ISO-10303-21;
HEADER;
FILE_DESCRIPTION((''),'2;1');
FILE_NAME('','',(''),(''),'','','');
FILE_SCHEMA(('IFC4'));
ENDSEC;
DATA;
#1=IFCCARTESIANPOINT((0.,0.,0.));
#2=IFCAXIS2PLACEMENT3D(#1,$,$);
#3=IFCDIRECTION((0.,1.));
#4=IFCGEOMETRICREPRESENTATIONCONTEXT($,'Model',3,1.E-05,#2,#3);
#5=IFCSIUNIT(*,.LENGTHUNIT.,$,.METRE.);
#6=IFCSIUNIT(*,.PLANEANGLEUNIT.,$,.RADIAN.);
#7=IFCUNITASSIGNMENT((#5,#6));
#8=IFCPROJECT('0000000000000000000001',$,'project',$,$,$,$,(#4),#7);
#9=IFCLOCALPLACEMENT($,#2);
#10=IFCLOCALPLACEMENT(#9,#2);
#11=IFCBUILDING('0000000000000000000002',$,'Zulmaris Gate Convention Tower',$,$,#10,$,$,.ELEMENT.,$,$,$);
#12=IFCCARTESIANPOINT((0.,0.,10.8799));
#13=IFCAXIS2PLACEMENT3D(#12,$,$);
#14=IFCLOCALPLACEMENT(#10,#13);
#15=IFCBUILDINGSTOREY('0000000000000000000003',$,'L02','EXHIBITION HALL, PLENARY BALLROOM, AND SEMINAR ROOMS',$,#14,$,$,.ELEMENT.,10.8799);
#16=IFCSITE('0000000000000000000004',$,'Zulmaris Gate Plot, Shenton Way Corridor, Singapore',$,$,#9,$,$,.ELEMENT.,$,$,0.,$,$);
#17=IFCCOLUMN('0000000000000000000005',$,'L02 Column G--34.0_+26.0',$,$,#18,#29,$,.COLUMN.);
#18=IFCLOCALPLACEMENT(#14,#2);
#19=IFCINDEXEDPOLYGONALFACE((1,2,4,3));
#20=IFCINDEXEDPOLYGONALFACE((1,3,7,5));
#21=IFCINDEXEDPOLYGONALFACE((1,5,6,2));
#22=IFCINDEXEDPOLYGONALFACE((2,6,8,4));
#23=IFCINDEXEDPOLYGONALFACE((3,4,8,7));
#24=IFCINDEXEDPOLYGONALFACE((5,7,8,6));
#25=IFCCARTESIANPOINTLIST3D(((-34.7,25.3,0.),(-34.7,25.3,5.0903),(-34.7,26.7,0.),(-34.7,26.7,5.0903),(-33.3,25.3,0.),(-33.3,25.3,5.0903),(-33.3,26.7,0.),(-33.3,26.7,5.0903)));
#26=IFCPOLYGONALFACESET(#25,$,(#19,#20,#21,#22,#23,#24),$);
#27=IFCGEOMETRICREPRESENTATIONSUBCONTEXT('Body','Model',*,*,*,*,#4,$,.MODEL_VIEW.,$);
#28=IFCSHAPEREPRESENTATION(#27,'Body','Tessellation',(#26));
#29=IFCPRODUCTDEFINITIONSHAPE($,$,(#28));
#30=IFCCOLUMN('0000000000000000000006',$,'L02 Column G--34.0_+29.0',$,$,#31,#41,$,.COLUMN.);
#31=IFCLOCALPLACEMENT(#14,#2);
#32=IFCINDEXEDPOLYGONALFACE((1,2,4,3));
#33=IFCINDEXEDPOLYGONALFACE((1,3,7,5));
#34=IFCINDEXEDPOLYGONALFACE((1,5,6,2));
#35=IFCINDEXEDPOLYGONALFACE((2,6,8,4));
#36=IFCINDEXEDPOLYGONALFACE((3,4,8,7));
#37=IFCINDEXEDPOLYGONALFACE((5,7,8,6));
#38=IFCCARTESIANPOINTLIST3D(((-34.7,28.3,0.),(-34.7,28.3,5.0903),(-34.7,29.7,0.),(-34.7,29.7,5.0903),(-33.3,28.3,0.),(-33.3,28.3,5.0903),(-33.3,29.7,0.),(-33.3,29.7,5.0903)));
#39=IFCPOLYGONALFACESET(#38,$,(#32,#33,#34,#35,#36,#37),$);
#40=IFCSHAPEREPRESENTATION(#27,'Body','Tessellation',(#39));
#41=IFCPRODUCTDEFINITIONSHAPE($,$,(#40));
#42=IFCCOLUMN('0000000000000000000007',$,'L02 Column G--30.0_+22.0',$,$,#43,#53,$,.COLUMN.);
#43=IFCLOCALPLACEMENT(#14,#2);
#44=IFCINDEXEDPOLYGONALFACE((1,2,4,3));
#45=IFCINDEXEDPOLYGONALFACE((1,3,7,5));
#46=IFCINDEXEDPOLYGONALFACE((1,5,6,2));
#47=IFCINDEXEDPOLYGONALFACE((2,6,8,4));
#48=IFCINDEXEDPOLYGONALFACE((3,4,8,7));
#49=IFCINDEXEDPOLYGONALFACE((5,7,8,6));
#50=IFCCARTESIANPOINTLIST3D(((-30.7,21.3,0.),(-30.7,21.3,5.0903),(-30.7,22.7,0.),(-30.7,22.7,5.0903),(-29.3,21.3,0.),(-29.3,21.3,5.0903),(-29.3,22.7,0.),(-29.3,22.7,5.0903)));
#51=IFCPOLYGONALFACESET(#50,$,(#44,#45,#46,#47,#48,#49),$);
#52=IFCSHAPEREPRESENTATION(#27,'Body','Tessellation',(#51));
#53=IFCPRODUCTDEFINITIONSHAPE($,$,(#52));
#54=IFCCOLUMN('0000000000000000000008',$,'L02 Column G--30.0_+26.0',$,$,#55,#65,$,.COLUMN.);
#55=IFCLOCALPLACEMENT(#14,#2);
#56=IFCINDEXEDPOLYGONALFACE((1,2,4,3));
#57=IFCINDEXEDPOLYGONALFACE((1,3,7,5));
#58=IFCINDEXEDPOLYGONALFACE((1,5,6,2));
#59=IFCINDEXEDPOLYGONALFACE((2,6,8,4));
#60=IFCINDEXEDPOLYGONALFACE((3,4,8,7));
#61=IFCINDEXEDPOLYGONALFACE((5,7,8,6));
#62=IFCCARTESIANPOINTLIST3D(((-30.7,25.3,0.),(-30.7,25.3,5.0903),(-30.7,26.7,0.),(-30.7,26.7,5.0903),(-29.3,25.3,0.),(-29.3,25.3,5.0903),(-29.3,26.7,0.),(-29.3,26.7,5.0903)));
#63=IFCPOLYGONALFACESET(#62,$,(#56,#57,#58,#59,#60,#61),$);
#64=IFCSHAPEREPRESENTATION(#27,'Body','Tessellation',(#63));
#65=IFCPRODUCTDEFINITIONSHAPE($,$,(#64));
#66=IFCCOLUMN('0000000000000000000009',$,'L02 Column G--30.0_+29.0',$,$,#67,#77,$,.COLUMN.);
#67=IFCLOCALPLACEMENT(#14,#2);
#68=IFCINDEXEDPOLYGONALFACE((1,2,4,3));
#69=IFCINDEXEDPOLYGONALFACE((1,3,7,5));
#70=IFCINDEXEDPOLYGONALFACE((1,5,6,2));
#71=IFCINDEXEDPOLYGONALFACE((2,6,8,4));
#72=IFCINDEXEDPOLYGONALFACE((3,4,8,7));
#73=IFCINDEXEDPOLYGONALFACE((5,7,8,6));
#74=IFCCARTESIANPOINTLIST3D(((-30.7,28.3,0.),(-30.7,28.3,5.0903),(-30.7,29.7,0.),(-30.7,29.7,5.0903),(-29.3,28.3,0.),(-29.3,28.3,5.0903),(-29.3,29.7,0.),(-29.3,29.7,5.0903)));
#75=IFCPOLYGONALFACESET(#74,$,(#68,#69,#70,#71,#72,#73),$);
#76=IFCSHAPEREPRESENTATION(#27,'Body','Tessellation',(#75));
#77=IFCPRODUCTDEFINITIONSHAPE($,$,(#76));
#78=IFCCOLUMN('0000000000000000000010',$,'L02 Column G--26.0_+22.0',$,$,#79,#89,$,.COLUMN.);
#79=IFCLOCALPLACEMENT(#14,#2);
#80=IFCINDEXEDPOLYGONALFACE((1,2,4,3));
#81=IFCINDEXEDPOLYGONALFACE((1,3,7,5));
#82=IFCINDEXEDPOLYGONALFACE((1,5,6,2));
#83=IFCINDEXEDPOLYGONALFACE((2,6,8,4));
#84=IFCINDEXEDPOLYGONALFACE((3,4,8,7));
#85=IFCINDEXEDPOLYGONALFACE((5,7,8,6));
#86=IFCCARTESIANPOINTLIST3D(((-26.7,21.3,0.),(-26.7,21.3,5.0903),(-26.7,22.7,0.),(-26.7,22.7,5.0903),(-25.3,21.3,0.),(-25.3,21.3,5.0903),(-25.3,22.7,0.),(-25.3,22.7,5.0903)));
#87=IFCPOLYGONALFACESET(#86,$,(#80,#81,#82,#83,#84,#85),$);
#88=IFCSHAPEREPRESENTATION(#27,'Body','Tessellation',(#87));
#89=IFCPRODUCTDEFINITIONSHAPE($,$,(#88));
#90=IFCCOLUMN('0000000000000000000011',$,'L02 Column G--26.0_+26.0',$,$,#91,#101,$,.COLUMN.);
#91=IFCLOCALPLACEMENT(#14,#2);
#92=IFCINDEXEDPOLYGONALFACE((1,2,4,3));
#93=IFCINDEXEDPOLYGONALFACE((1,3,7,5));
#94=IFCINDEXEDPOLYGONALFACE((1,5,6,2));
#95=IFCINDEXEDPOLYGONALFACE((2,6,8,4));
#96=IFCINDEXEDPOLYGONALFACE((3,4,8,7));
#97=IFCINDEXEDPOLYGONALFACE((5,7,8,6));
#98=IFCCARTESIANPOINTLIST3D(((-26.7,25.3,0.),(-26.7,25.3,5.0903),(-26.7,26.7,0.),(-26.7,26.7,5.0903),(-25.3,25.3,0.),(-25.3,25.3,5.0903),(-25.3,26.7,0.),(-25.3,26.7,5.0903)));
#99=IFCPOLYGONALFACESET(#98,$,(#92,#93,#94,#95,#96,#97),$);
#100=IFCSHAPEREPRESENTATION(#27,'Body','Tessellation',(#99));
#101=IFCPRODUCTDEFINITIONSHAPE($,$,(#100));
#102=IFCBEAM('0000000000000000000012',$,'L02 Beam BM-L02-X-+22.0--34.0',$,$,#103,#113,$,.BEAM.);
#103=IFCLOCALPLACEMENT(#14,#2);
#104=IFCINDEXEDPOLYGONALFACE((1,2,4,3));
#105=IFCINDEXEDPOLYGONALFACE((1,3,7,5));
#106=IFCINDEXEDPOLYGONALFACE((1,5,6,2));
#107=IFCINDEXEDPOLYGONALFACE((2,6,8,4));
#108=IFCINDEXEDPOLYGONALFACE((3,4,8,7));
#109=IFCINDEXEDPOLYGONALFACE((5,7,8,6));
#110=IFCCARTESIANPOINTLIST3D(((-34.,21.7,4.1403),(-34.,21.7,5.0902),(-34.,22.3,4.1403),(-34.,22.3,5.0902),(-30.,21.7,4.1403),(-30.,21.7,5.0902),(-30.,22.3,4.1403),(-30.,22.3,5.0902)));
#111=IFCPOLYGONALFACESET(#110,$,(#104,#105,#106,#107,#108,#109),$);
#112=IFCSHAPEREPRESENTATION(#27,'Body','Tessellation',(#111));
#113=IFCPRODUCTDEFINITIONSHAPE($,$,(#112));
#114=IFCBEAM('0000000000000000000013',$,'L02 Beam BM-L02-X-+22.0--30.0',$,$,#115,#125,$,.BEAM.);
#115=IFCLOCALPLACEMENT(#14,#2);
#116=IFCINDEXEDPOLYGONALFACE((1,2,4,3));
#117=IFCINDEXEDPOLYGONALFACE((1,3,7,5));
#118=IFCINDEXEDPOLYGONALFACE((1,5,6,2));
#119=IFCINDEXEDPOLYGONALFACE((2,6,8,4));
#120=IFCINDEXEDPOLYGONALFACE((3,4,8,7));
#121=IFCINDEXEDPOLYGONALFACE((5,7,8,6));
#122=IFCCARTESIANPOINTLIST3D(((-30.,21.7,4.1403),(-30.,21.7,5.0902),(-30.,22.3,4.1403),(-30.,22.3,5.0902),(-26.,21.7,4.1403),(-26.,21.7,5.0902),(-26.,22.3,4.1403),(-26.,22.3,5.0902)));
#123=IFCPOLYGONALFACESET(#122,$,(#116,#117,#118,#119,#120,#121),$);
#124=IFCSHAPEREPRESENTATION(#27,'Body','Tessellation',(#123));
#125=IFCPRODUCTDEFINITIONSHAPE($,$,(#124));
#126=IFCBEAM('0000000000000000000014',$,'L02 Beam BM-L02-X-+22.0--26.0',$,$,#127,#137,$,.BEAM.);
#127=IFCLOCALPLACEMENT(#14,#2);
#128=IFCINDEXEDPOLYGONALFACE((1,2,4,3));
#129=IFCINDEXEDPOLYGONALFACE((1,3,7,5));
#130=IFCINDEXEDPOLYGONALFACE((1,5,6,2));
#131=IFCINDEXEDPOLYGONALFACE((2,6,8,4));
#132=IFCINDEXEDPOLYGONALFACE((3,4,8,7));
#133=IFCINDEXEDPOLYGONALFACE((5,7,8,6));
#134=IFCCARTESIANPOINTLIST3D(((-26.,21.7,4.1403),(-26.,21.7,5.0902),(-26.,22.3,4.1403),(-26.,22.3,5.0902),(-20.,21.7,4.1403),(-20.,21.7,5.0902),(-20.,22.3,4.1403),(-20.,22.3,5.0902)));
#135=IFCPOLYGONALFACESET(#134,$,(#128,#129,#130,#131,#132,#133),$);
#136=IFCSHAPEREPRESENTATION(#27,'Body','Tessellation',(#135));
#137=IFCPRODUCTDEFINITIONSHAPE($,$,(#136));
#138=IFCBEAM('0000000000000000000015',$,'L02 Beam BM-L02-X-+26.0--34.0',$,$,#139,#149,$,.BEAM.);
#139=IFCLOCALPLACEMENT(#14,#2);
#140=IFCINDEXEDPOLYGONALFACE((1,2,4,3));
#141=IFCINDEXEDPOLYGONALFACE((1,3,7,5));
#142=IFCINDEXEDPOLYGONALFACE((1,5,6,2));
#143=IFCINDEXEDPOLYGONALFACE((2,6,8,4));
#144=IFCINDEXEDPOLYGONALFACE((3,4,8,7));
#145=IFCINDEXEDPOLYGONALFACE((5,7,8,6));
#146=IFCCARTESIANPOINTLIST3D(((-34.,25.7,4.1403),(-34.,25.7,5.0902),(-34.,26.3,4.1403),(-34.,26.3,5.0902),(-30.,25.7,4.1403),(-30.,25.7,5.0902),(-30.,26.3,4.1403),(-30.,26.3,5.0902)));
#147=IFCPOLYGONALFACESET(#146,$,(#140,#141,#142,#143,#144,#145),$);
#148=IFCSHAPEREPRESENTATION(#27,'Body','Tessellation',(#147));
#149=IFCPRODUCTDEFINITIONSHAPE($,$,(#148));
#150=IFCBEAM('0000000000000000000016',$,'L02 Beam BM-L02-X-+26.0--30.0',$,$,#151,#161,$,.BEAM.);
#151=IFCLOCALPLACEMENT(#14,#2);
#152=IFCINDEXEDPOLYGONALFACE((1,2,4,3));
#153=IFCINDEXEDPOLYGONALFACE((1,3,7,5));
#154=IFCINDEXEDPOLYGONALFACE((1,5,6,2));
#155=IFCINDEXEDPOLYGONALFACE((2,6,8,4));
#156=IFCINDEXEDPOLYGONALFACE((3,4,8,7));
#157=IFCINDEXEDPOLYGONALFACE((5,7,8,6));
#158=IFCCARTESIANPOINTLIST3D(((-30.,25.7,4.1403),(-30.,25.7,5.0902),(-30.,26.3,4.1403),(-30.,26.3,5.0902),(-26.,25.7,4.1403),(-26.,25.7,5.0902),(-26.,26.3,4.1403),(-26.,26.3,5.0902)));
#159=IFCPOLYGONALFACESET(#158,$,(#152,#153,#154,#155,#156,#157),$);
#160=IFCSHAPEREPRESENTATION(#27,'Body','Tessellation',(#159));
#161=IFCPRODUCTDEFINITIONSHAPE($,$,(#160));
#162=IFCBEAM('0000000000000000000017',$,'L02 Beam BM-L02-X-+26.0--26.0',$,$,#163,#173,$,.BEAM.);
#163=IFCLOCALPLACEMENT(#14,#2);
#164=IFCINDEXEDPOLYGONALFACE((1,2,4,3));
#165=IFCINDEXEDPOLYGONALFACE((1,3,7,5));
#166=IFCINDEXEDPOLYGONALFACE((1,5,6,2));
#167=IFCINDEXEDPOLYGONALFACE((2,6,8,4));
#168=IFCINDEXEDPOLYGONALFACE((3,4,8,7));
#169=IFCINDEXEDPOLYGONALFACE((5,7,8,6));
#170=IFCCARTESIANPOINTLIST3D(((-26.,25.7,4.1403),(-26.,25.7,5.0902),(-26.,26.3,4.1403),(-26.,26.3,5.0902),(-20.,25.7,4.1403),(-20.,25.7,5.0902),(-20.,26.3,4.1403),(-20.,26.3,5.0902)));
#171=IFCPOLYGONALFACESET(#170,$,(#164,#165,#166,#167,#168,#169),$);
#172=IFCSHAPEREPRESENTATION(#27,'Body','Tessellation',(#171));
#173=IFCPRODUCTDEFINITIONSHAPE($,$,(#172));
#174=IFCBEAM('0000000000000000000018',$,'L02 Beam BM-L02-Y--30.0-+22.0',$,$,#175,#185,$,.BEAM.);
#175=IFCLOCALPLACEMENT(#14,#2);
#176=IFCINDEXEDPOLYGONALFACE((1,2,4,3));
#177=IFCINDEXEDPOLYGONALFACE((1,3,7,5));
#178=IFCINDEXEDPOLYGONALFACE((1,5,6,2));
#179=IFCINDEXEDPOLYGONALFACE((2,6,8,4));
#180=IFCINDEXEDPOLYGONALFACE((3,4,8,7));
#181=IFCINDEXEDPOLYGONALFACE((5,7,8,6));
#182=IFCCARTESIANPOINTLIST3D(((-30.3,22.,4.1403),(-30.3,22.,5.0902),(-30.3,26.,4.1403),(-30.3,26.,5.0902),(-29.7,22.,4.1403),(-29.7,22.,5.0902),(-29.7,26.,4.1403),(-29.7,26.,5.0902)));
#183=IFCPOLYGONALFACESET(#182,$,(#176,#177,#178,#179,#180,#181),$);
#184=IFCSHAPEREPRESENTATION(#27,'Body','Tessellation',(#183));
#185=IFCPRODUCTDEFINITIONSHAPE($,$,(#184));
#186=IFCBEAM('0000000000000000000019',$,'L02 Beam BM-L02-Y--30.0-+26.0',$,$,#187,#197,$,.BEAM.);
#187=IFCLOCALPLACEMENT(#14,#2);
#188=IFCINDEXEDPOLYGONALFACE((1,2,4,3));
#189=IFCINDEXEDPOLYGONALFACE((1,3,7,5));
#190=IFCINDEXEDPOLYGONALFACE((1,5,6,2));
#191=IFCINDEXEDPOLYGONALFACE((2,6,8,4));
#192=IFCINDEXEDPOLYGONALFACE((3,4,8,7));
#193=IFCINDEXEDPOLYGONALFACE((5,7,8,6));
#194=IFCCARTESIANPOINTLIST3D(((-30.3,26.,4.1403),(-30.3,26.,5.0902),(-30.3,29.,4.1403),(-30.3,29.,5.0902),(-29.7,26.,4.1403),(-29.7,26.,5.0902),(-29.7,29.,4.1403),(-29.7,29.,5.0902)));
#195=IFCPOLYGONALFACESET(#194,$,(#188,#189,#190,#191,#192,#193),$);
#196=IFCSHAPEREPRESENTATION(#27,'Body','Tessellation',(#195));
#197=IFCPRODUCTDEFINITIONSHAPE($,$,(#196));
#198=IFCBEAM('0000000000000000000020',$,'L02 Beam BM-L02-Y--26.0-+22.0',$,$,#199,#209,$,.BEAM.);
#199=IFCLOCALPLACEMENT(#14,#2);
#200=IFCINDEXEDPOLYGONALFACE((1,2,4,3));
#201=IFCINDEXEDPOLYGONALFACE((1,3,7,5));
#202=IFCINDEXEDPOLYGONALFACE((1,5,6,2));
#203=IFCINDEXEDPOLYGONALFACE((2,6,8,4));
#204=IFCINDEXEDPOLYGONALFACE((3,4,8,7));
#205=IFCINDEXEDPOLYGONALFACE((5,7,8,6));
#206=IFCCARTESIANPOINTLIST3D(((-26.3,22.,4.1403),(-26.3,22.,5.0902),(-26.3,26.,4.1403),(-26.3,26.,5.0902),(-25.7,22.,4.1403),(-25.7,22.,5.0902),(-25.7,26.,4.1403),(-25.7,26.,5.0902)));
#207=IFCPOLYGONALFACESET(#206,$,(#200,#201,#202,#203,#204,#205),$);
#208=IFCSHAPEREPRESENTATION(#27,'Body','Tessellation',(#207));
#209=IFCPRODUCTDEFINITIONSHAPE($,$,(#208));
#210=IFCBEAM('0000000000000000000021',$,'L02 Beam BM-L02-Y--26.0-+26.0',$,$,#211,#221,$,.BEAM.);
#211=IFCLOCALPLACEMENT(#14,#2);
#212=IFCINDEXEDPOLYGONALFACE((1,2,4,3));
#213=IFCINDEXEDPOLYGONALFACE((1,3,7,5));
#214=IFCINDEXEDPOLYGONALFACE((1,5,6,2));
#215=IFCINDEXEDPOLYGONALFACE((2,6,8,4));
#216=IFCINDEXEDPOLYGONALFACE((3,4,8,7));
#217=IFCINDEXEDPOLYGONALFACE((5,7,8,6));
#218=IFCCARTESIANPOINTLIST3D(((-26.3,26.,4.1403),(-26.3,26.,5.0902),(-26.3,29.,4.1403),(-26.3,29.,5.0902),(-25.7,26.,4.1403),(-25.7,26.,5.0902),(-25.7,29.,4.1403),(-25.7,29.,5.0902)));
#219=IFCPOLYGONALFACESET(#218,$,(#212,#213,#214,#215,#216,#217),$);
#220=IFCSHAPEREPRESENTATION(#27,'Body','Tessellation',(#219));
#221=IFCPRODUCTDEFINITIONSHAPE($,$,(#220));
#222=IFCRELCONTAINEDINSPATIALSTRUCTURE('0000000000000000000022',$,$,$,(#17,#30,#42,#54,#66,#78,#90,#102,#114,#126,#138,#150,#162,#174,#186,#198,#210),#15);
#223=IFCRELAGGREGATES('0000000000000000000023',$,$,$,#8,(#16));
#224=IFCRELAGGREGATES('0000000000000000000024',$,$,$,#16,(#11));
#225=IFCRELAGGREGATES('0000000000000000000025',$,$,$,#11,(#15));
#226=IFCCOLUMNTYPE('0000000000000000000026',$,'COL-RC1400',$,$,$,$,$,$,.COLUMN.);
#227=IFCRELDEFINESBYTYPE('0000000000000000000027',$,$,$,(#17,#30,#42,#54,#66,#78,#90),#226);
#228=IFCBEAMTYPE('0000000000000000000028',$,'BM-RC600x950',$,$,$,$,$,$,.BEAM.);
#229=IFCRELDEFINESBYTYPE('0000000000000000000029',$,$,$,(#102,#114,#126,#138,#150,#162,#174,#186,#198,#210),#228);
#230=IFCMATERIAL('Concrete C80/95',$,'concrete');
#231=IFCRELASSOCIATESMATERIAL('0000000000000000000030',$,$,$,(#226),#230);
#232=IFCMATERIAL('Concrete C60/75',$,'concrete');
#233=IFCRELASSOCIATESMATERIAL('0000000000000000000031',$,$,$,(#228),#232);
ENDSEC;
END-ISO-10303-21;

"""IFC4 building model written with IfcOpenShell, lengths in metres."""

from ifc_helpers import new_model, si_unit, direction, frame, origin, origin_2d, place, context, subcontext, project, spatial, rectangle, extrude, material, material_profile, profile_set, type_object, element, save


model = new_model("IFC4")

# Units and contexts
model_context = context("Model", 3, precision=1e-05, world=origin(), true_north=direction((0.0, 1.0)))
body_context = subcontext(model_context, "Body", "Model", "MODEL_VIEW")
ifc_project = project(units=[si_unit("LENGTHUNIT", "METRE"), si_unit("PLANEANGLEUNIT", "RADIAN")], contexts=[model_context])

# Site, building, storey
site_placement = place(None, origin())
site = spatial("IfcSite", under=ifc_project, at=site_placement, Name="Zulmaris Gate Plot, Shenton Way Corridor, Singapore", CompositionType="ELEMENT", RefElevation=0.0)
building_placement = place(site_placement, origin())
building = spatial("IfcBuilding", under=site, at=building_placement, Name="Zulmaris Gate Convention Tower", CompositionType="ELEMENT")
storey_placement = place(building_placement, frame((0.0, 0.0, 10.8799)))
storey = spatial("IfcBuildingStorey", under=building, at=storey_placement, Name="L02", Description="EXHIBITION HALL, PLENARY BALLROOM, AND SEMINAR ROOMS", CompositionType="ELEMENT", Elevation=10.8799)

# Columns
ifc_material_1 = material(Name="Concrete C80/95", Category="concrete")
ifc_material_profile_1 = material_profile(ifc_material_1, rectangle(XDim=1.3999, YDim=1.3999, at=origin_2d()), Name="RC COL 1400x1400")
ifc_profile_set_1 = profile_set([ifc_material_profile_1], Name="Concrete C80/95")
column_type = type_object("IfcColumnType", Name="COL-RC1400", PredefinedType="COLUMN", material=ifc_profile_set_1)
for number, where, z_axis, x_axis, name in (
    (1, (-34.0, 26.0, 0.0), (0.0, 0.0, 1.0), (1.0, 0.0, 0.0), "L02 Column G--34.0_+26.0"),
    (2, (-34.0, 29.0, 0.0), (0.0, 0.0, 1.0), (1.0, 0.0, 0.0), "L02 Column G--34.0_+29.0"),
    (3, (-30.0, 22.0, 0.0), (0.0, 0.0, 1.0), (1.0, 0.0, 0.0), "L02 Column G--30.0_+22.0"),
    (4, (-30.0, 26.0, 0.0), (0.0, 0.0, 1.0), (1.0, 0.0, 0.0), "L02 Column G--30.0_+26.0"),
    (5, (-30.0, 29.0, 0.0), (0.0, 0.0, 1.0), (1.0, 0.0, 0.0), "L02 Column G--30.0_+29.0"),
    (6, (-26.0, 22.0, 0.0), (0.0, 0.0, 1.0), (1.0, 0.0, 0.0), "L02 Column G--26.0_+22.0"),
    (7, (-26.0, 26.0, 0.0), (0.0, 0.0, 1.0), (1.0, 0.0, 0.0), "L02 Column G--26.0_+26.0"),
):
    element("IfcColumn", number, at=place(storey_placement, frame(where, z_axis=z_axis, x_axis=x_axis)), inside=storey, type_object=column_type, Name=name, PredefinedType="COLUMN", context=body_context, shape_type="SweptSolid", body=[
        extrude(rectangle(XDim=1.3999, YDim=1.3999, at=origin_2d()), origin(), (0.0, 0.0, 1.0), 5.0903),
    ])

# Beams
ifc_material_2 = material(Name="Concrete C60/75", Category="concrete")
ifc_material_profile_2 = material_profile(ifc_material_2, rectangle(XDim=0.6001, YDim=0.95, at=origin_2d()), Name="RC BEAM 600x950")
ifc_profile_set_2 = profile_set([ifc_material_profile_2], Name="Concrete C60/75")
beam_type_1 = type_object("IfcBeamType", Name="BM-RC600x950", PredefinedType="BEAM", material=ifc_profile_set_2)
for number, where, z_axis, x_axis, name in (
    (8, (-34.0, 22.0, 4.6152), (1.0, 0.0, 0.0), (0.0, 1.0, 0.0), "L02 Beam BM-L02-X-+22.0--34.0"),
    (9, (-30.0, 22.0, 4.6152), (1.0, 0.0, 0.0), (0.0, 1.0, 0.0), "L02 Beam BM-L02-X-+22.0--30.0"),
):
    element("IfcBeam", number, at=place(storey_placement, frame(where, z_axis=z_axis, x_axis=x_axis)), inside=storey, type_object=beam_type_1, Name=name, PredefinedType="BEAM", context=body_context, shape_type="SweptSolid", body=[
        extrude(rectangle(XDim=0.6001, YDim=0.95, at=origin_2d()), origin(), (0.0, 0.0, 1.0), 4.0),
    ])
beam_1_placement = place(storey_placement, frame((-26.0, 22.0, 4.6152), z_axis=(1.0, 0.0, 0.0), x_axis=(0.0, 1.0, 0.0)))
element("IfcBeam", 10, at=beam_1_placement, inside=storey, type_object=beam_type_1, Name="L02 Beam BM-L02-X-+22.0--26.0", PredefinedType="BEAM", context=body_context, shape_type="SweptSolid", body=[
    extrude(rectangle(XDim=0.6001, YDim=0.95, at=origin_2d()), origin(), (0.0, 0.0, 1.0), 6.0),
])
for number, where, z_axis, x_axis, name in (
    (11, (-34.0, 26.0, 4.6152), (1.0, 0.0, 0.0), (0.0, 1.0, 0.0), "L02 Beam BM-L02-X-+26.0--34.0"),
    (12, (-30.0, 26.0, 4.6152), (1.0, 0.0, 0.0), (0.0, 1.0, 0.0), "L02 Beam BM-L02-X-+26.0--30.0"),
):
    element("IfcBeam", number, at=place(storey_placement, frame(where, z_axis=z_axis, x_axis=x_axis)), inside=storey, type_object=beam_type_1, Name=name, PredefinedType="BEAM", context=body_context, shape_type="SweptSolid", body=[
        extrude(rectangle(XDim=0.6001, YDim=0.95, at=origin_2d()), origin(), (0.0, 0.0, 1.0), 4.0),
    ])
beam_2_placement = place(storey_placement, frame((-26.0, 26.0, 4.6152), z_axis=(1.0, 0.0, 0.0), x_axis=(0.0, 1.0, 0.0)))
element("IfcBeam", 13, at=beam_2_placement, inside=storey, type_object=beam_type_1, Name="L02 Beam BM-L02-X-+26.0--26.0", PredefinedType="BEAM", context=body_context, shape_type="SweptSolid", body=[
    extrude(rectangle(XDim=0.6001, YDim=0.95, at=origin_2d()), origin(), (0.0, 0.0, 1.0), 6.0),
])
beam_3_placement = place(storey_placement, frame((-30.0, 22.0, 4.6152), z_axis=(0.0, 1.0, 0.0), x_axis=(-1.0, 0.0, 0.0)))
element("IfcBeam", 14, at=beam_3_placement, inside=storey, type_object=beam_type_1, Name="L02 Beam BM-L02-Y--30.0-+22.0", PredefinedType="BEAM", context=body_context, shape_type="SweptSolid", body=[
    extrude(rectangle(XDim=0.6001, YDim=0.95, at=origin_2d()), origin(), (0.0, 0.0, 1.0), 4.0),
])
beam_4_placement = place(storey_placement, frame((-30.0, 26.0, 4.6152), z_axis=(0.0, 1.0, 0.0), x_axis=(-1.0, 0.0, 0.0)))
element("IfcBeam", 15, at=beam_4_placement, inside=storey, type_object=beam_type_1, Name="L02 Beam BM-L02-Y--30.0-+26.0", PredefinedType="BEAM", context=body_context, shape_type="SweptSolid", body=[
    extrude(rectangle(XDim=0.6001, YDim=0.95, at=origin_2d()), origin(), (0.0, 0.0, 1.0), 3.0),
])
beam_5_placement = place(storey_placement, frame((-26.0, 22.0, 4.6152), z_axis=(0.0, 1.0, 0.0), x_axis=(-1.0, 0.0, 0.0)))
element("IfcBeam", 16, at=beam_5_placement, inside=storey, type_object=beam_type_1, Name="L02 Beam BM-L02-Y--26.0-+22.0", PredefinedType="BEAM", context=body_context, shape_type="SweptSolid", body=[
    extrude(rectangle(XDim=0.6001, YDim=0.95, at=origin_2d()), origin(), (0.0, 0.0, 1.0), 4.0),
])
beam_6_placement = place(storey_placement, frame((-26.0, 26.0, 4.6152), z_axis=(0.0, 1.0, 0.0), x_axis=(-1.0, 0.0, 0.0)))
element("IfcBeam", 17, at=beam_6_placement, inside=storey, type_object=beam_type_1, Name="L02 Beam BM-L02-Y--26.0-+26.0", PredefinedType="BEAM", context=body_context, shape_type="SweptSolid", body=[
    extrude(rectangle(XDim=0.6001, YDim=0.95, at=origin_2d()), origin(), (0.0, 0.0, 1.0), 3.0),
])

save(model, "model.ifc")
